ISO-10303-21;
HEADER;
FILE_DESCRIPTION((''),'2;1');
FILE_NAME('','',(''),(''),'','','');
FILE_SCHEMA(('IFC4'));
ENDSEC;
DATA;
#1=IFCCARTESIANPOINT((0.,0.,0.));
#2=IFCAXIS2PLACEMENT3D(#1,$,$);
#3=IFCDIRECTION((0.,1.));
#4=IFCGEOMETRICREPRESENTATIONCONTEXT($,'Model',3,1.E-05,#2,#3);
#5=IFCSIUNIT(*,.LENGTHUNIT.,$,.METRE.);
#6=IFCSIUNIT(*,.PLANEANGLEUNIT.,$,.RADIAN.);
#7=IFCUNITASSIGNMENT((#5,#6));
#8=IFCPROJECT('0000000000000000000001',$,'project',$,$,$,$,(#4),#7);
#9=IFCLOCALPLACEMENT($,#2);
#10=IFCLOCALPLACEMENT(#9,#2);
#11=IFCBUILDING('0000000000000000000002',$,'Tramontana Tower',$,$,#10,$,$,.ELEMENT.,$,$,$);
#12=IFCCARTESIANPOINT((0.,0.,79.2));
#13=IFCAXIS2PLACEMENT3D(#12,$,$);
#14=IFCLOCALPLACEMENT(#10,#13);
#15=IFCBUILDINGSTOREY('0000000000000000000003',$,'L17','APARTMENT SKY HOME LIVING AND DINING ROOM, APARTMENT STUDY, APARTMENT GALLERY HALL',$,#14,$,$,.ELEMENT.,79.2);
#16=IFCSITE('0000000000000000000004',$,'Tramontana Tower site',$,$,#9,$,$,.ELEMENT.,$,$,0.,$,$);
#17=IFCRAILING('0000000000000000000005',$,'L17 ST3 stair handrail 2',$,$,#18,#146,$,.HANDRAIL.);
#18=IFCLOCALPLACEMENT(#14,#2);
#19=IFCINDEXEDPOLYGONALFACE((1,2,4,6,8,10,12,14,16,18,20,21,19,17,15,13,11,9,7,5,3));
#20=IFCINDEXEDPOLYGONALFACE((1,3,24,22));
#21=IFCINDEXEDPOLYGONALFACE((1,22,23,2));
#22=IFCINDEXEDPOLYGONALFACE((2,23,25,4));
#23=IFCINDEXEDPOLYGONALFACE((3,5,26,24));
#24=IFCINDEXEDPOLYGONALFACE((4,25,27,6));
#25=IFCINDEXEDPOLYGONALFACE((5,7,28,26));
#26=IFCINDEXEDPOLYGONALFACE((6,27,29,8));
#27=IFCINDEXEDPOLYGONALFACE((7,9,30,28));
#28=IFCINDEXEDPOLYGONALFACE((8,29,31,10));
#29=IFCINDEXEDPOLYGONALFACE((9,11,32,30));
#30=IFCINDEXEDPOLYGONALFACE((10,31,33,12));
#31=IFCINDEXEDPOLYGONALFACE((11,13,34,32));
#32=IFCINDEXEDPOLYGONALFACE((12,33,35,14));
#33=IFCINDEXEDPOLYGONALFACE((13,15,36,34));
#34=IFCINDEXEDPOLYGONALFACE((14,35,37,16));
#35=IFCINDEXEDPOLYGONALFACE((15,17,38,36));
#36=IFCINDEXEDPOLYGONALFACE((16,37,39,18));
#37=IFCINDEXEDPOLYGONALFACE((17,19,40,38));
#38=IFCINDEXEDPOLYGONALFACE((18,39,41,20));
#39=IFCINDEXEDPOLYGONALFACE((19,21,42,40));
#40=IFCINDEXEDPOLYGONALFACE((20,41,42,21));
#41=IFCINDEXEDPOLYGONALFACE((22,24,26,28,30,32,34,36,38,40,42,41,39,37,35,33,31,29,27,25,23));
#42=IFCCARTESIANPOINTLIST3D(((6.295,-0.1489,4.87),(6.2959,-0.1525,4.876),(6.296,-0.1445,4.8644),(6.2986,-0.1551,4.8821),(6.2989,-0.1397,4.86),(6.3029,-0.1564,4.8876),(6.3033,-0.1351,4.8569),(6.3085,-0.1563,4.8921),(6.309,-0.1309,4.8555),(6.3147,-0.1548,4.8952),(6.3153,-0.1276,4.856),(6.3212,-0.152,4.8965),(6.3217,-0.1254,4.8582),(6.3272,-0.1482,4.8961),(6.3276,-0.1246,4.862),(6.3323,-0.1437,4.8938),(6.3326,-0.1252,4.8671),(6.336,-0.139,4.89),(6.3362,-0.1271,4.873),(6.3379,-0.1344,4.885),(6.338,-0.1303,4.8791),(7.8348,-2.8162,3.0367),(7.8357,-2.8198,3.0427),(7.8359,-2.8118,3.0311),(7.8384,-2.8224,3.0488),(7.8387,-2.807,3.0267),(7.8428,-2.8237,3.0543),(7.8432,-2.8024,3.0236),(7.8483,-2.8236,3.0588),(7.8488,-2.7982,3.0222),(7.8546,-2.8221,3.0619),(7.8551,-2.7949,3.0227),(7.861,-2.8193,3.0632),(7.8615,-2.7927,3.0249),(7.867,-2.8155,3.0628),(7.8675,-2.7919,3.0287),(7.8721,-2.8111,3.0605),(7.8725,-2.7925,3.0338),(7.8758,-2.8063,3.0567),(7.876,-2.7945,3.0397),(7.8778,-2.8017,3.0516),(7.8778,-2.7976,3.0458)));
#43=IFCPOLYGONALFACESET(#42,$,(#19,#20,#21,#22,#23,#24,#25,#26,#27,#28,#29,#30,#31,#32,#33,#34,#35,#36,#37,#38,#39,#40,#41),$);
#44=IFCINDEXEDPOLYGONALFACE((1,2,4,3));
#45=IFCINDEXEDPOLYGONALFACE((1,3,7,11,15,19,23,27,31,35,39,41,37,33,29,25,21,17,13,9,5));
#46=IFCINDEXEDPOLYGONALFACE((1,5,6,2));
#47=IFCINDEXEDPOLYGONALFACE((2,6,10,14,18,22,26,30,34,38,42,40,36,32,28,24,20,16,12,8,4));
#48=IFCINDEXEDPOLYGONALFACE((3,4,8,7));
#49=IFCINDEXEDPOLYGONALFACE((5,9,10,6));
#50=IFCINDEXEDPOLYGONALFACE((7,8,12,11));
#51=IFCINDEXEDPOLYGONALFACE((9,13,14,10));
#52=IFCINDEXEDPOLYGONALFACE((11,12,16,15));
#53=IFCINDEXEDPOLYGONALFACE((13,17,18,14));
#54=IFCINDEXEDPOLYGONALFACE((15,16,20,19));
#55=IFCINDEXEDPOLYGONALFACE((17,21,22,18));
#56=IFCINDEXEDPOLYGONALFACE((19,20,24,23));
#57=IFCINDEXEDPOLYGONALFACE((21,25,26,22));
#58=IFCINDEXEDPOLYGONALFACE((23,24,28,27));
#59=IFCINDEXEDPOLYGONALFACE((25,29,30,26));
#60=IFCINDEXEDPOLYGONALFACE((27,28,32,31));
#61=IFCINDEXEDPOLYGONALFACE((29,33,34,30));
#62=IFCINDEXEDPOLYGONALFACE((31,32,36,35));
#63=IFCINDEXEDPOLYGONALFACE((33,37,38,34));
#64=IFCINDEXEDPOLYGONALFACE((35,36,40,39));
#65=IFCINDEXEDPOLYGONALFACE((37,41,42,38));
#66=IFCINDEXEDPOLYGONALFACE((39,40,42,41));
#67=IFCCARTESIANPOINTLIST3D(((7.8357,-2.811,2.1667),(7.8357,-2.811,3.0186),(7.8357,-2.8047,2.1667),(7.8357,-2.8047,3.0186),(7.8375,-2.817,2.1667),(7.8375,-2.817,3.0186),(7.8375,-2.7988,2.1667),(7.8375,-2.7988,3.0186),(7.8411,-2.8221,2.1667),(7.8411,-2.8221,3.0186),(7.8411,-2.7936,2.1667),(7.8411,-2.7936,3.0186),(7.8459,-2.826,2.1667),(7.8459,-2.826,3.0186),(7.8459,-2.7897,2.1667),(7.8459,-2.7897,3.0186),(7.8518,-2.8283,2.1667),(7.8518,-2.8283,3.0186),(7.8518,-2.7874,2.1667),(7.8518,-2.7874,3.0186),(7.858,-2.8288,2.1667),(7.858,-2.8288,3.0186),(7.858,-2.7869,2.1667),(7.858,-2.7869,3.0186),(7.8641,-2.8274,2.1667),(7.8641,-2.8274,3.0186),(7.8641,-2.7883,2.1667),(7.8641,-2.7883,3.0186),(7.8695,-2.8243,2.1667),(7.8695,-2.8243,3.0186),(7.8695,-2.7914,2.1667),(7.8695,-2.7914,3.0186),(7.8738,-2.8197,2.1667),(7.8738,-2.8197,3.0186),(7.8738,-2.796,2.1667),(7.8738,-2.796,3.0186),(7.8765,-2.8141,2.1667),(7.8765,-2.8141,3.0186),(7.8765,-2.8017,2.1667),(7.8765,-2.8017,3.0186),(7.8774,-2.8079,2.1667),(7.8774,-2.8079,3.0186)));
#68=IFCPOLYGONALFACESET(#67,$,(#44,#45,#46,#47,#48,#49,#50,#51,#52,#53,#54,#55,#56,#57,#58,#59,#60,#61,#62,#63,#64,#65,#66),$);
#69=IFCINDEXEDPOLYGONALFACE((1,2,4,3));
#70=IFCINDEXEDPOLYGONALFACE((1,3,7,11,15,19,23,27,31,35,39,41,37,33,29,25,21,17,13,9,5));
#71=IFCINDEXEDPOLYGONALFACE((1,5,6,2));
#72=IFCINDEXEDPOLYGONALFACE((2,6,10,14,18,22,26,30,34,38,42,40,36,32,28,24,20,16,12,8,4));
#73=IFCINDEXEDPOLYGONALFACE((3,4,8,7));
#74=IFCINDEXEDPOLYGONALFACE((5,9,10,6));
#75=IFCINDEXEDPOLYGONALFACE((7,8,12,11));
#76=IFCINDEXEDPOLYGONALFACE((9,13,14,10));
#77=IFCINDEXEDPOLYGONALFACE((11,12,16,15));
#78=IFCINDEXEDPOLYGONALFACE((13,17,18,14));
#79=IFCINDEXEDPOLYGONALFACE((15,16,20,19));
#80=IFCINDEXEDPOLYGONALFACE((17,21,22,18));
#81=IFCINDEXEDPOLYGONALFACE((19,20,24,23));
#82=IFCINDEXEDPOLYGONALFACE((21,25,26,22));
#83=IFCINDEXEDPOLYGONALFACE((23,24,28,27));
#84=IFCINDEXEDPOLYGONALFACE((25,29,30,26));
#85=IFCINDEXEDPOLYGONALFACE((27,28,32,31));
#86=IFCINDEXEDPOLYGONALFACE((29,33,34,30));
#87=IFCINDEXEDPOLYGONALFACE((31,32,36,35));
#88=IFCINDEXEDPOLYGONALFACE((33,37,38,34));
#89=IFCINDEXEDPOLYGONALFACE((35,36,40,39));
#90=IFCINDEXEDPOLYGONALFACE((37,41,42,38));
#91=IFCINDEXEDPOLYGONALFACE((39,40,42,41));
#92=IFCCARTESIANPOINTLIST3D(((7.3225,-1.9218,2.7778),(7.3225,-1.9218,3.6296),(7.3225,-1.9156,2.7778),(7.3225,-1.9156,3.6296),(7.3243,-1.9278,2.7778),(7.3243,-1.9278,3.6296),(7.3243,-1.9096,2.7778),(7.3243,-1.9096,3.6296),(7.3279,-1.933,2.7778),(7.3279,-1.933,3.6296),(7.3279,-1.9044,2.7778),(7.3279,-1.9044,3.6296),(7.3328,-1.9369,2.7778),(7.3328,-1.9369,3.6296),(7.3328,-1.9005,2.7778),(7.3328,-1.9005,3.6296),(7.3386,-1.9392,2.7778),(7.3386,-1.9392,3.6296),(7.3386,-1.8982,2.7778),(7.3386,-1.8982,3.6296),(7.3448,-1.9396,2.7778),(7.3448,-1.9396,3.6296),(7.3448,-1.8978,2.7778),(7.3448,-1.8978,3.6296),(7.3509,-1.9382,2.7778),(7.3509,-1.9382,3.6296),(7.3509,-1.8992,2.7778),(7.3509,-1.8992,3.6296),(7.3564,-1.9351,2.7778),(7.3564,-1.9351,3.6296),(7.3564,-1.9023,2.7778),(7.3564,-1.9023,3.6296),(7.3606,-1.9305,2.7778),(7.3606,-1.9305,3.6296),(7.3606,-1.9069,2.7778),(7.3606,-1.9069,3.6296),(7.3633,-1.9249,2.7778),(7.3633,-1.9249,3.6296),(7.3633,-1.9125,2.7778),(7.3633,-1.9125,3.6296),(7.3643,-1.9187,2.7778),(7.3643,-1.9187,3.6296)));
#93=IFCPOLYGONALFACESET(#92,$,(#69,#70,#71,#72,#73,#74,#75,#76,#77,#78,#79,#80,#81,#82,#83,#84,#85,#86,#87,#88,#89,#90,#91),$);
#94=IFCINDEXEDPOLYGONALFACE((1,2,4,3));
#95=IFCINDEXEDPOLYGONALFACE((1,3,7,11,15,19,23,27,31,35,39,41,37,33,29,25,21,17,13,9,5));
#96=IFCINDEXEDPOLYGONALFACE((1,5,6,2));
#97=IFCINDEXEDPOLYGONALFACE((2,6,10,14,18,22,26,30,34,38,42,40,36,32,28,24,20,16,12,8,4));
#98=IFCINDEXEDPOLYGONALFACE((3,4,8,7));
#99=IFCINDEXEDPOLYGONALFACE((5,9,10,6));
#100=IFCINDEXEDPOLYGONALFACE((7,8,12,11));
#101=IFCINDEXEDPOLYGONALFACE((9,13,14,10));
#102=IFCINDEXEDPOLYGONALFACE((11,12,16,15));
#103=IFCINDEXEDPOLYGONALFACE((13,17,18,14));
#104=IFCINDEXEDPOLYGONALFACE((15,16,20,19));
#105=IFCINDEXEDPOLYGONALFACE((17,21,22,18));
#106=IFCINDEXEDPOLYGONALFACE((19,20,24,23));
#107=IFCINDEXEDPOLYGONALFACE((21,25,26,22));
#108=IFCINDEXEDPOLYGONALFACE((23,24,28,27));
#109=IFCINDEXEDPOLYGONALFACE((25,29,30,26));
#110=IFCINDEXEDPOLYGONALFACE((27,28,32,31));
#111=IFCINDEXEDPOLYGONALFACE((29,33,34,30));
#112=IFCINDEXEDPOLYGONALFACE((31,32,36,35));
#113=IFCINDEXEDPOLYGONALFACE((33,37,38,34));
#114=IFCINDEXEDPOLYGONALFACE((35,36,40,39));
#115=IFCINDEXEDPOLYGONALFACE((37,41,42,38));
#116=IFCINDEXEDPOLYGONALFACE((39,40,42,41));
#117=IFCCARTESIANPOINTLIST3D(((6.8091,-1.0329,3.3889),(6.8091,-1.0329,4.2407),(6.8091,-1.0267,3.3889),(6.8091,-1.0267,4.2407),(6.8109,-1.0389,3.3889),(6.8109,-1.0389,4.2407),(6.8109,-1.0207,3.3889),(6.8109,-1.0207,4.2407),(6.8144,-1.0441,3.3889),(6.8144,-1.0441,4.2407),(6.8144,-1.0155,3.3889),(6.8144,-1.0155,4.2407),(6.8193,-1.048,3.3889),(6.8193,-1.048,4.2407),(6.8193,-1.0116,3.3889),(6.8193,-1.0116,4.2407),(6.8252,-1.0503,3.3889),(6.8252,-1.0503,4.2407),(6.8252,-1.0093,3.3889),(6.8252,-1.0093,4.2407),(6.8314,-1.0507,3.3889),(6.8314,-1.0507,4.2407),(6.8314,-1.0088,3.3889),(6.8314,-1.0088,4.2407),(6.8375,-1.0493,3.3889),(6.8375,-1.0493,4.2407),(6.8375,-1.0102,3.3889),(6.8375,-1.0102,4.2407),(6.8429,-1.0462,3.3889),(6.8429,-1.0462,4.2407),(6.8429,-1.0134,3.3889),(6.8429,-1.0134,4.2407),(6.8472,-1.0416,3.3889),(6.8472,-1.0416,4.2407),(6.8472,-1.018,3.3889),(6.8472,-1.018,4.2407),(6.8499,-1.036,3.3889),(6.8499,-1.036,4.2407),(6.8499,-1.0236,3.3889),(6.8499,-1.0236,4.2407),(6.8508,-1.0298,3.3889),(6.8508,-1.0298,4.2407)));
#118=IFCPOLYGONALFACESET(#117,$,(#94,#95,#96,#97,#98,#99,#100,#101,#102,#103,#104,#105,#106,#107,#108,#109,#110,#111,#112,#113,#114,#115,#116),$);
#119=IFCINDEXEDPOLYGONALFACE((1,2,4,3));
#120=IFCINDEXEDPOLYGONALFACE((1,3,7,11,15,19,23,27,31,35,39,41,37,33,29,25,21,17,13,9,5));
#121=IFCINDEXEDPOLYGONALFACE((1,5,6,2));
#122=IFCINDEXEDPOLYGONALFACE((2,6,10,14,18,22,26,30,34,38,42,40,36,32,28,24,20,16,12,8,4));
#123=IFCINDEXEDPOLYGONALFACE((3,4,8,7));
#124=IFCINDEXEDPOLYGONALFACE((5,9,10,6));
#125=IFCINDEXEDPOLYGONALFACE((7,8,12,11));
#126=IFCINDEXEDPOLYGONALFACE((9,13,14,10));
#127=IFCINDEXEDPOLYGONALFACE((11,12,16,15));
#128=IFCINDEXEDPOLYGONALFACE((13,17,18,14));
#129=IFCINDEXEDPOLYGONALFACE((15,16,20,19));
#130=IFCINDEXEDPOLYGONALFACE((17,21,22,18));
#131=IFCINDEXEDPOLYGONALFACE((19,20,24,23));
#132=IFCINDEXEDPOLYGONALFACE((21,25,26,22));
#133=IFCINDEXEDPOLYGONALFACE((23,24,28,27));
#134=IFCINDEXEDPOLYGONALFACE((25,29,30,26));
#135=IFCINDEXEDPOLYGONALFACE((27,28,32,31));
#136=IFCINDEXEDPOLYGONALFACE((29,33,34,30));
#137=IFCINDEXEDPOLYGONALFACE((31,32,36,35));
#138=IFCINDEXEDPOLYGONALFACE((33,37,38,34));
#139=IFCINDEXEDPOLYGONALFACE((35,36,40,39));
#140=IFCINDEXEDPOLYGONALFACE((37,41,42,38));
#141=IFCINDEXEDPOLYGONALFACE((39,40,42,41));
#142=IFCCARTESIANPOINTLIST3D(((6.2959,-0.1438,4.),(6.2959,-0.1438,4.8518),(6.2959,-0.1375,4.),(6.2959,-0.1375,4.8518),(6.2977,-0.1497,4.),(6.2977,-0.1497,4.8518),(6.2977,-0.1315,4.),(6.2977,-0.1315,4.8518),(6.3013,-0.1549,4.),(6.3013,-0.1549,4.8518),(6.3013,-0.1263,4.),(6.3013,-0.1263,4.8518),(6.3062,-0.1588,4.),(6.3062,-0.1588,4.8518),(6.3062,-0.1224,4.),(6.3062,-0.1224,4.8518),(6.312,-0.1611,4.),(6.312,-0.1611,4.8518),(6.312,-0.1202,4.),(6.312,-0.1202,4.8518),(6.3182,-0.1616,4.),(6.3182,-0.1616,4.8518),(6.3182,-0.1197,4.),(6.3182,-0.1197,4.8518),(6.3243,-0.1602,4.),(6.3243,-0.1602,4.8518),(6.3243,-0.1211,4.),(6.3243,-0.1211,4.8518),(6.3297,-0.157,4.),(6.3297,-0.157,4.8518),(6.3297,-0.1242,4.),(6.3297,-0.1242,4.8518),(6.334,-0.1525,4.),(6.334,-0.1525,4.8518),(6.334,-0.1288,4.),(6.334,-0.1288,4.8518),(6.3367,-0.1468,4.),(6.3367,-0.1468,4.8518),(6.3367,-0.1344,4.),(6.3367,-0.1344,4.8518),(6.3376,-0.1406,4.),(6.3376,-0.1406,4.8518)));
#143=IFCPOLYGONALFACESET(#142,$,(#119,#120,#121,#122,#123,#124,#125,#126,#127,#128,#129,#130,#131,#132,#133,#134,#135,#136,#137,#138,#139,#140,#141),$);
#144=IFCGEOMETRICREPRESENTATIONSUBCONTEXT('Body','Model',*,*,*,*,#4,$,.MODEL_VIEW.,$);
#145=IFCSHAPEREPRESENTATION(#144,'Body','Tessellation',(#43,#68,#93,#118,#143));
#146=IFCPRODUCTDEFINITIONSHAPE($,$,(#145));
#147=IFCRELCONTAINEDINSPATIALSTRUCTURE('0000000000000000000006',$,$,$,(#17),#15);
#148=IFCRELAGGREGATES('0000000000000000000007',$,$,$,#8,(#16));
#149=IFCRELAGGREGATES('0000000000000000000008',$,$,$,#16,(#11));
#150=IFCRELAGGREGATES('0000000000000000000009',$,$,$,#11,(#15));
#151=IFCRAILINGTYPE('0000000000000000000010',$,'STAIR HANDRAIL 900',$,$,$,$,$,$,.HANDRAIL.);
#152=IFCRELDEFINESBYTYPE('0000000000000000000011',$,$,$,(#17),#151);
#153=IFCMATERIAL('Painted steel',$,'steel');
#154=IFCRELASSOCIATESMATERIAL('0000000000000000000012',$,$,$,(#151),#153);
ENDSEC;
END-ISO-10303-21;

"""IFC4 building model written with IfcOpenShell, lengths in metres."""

from ifc_helpers import new_model, si_unit, direction, frame, origin, origin_2d, place, context, subcontext, project, spatial, circle, extrude, material, type_object, element, save


model = new_model("IFC4")

# Units and contexts
model_context = context("Model", 3, precision=1e-05, world=origin(), true_north=direction((0.0, 1.0)))
body_context = subcontext(model_context, "Body", "Model", "MODEL_VIEW")
ifc_project = project(units=[si_unit("LENGTHUNIT", "METRE"), si_unit("PLANEANGLEUNIT", "RADIAN")], contexts=[model_context])

# Site, building, storey
site_placement = place(None, origin())
site = spatial("IfcSite", under=ifc_project, at=site_placement, Name="Tramontana Tower site", CompositionType="ELEMENT", RefElevation=0.0)
building_placement = place(site_placement, origin())
building = spatial("IfcBuilding", under=site, at=building_placement, Name="Tramontana Tower", CompositionType="ELEMENT")
storey_placement = place(building_placement, frame((0.0, 0.0, 79.2)))
storey = spatial("IfcBuildingStorey", under=building, at=storey_placement, Name="L17", Description="APARTMENT SKY HOME LIVING AND DINING ROOM, APARTMENT STUDY, APARTMENT GALLERY HALL", CompositionType="ELEMENT", Elevation=79.2)

# Railing
ifc_material_1 = material(Name="Painted steel", Category="steel")
railing_type_1 = type_object("IfcRailingType", Name="STAIR HANDRAIL 900", PredefinedType="HANDRAIL", material=ifc_material_1)
railing_1_placement = place(storey_placement, frame((7.8564, -2.8079, 2.1667)))
element("IfcRailing", 1, at=railing_1_placement, inside=storey, type_object=railing_type_1, Name="L17 ST3 stair handrail 2", PredefinedType="HANDRAIL", context=body_context, shape_type="SweptSolid", body=[
    extrude(circle(Radius=0.0239, at=origin_2d()), frame((0.0, 0.0, 0.876), z_axis=(-0.429616, 0.744181, 0.511493), x_axis=(-0.866044, -0.499967, 0.0)), (0.0, 0.0, 1.0), 3.5842),
    extrude(circle(Radius=0.021, at=origin_2d()), origin(), (0.0, 0.0, 1.0), 0.8518),
    extrude(circle(Radius=0.021, at=origin_2d()), frame((-0.5132, 0.8892, 0.6111)), (0.0, 0.0, 1.0), 0.8518),
    extrude(circle(Radius=0.021, at=origin_2d()), frame((-1.0266, 1.7781, 1.2222)), (0.0, 0.0, 1.0), 0.8518),
    extrude(circle(Radius=0.021, at=origin_2d()), frame((-1.5398, 2.6672, 1.8333)), (0.0, 0.0, 1.0), 0.8518),
])

save(model, "model.ifc")
